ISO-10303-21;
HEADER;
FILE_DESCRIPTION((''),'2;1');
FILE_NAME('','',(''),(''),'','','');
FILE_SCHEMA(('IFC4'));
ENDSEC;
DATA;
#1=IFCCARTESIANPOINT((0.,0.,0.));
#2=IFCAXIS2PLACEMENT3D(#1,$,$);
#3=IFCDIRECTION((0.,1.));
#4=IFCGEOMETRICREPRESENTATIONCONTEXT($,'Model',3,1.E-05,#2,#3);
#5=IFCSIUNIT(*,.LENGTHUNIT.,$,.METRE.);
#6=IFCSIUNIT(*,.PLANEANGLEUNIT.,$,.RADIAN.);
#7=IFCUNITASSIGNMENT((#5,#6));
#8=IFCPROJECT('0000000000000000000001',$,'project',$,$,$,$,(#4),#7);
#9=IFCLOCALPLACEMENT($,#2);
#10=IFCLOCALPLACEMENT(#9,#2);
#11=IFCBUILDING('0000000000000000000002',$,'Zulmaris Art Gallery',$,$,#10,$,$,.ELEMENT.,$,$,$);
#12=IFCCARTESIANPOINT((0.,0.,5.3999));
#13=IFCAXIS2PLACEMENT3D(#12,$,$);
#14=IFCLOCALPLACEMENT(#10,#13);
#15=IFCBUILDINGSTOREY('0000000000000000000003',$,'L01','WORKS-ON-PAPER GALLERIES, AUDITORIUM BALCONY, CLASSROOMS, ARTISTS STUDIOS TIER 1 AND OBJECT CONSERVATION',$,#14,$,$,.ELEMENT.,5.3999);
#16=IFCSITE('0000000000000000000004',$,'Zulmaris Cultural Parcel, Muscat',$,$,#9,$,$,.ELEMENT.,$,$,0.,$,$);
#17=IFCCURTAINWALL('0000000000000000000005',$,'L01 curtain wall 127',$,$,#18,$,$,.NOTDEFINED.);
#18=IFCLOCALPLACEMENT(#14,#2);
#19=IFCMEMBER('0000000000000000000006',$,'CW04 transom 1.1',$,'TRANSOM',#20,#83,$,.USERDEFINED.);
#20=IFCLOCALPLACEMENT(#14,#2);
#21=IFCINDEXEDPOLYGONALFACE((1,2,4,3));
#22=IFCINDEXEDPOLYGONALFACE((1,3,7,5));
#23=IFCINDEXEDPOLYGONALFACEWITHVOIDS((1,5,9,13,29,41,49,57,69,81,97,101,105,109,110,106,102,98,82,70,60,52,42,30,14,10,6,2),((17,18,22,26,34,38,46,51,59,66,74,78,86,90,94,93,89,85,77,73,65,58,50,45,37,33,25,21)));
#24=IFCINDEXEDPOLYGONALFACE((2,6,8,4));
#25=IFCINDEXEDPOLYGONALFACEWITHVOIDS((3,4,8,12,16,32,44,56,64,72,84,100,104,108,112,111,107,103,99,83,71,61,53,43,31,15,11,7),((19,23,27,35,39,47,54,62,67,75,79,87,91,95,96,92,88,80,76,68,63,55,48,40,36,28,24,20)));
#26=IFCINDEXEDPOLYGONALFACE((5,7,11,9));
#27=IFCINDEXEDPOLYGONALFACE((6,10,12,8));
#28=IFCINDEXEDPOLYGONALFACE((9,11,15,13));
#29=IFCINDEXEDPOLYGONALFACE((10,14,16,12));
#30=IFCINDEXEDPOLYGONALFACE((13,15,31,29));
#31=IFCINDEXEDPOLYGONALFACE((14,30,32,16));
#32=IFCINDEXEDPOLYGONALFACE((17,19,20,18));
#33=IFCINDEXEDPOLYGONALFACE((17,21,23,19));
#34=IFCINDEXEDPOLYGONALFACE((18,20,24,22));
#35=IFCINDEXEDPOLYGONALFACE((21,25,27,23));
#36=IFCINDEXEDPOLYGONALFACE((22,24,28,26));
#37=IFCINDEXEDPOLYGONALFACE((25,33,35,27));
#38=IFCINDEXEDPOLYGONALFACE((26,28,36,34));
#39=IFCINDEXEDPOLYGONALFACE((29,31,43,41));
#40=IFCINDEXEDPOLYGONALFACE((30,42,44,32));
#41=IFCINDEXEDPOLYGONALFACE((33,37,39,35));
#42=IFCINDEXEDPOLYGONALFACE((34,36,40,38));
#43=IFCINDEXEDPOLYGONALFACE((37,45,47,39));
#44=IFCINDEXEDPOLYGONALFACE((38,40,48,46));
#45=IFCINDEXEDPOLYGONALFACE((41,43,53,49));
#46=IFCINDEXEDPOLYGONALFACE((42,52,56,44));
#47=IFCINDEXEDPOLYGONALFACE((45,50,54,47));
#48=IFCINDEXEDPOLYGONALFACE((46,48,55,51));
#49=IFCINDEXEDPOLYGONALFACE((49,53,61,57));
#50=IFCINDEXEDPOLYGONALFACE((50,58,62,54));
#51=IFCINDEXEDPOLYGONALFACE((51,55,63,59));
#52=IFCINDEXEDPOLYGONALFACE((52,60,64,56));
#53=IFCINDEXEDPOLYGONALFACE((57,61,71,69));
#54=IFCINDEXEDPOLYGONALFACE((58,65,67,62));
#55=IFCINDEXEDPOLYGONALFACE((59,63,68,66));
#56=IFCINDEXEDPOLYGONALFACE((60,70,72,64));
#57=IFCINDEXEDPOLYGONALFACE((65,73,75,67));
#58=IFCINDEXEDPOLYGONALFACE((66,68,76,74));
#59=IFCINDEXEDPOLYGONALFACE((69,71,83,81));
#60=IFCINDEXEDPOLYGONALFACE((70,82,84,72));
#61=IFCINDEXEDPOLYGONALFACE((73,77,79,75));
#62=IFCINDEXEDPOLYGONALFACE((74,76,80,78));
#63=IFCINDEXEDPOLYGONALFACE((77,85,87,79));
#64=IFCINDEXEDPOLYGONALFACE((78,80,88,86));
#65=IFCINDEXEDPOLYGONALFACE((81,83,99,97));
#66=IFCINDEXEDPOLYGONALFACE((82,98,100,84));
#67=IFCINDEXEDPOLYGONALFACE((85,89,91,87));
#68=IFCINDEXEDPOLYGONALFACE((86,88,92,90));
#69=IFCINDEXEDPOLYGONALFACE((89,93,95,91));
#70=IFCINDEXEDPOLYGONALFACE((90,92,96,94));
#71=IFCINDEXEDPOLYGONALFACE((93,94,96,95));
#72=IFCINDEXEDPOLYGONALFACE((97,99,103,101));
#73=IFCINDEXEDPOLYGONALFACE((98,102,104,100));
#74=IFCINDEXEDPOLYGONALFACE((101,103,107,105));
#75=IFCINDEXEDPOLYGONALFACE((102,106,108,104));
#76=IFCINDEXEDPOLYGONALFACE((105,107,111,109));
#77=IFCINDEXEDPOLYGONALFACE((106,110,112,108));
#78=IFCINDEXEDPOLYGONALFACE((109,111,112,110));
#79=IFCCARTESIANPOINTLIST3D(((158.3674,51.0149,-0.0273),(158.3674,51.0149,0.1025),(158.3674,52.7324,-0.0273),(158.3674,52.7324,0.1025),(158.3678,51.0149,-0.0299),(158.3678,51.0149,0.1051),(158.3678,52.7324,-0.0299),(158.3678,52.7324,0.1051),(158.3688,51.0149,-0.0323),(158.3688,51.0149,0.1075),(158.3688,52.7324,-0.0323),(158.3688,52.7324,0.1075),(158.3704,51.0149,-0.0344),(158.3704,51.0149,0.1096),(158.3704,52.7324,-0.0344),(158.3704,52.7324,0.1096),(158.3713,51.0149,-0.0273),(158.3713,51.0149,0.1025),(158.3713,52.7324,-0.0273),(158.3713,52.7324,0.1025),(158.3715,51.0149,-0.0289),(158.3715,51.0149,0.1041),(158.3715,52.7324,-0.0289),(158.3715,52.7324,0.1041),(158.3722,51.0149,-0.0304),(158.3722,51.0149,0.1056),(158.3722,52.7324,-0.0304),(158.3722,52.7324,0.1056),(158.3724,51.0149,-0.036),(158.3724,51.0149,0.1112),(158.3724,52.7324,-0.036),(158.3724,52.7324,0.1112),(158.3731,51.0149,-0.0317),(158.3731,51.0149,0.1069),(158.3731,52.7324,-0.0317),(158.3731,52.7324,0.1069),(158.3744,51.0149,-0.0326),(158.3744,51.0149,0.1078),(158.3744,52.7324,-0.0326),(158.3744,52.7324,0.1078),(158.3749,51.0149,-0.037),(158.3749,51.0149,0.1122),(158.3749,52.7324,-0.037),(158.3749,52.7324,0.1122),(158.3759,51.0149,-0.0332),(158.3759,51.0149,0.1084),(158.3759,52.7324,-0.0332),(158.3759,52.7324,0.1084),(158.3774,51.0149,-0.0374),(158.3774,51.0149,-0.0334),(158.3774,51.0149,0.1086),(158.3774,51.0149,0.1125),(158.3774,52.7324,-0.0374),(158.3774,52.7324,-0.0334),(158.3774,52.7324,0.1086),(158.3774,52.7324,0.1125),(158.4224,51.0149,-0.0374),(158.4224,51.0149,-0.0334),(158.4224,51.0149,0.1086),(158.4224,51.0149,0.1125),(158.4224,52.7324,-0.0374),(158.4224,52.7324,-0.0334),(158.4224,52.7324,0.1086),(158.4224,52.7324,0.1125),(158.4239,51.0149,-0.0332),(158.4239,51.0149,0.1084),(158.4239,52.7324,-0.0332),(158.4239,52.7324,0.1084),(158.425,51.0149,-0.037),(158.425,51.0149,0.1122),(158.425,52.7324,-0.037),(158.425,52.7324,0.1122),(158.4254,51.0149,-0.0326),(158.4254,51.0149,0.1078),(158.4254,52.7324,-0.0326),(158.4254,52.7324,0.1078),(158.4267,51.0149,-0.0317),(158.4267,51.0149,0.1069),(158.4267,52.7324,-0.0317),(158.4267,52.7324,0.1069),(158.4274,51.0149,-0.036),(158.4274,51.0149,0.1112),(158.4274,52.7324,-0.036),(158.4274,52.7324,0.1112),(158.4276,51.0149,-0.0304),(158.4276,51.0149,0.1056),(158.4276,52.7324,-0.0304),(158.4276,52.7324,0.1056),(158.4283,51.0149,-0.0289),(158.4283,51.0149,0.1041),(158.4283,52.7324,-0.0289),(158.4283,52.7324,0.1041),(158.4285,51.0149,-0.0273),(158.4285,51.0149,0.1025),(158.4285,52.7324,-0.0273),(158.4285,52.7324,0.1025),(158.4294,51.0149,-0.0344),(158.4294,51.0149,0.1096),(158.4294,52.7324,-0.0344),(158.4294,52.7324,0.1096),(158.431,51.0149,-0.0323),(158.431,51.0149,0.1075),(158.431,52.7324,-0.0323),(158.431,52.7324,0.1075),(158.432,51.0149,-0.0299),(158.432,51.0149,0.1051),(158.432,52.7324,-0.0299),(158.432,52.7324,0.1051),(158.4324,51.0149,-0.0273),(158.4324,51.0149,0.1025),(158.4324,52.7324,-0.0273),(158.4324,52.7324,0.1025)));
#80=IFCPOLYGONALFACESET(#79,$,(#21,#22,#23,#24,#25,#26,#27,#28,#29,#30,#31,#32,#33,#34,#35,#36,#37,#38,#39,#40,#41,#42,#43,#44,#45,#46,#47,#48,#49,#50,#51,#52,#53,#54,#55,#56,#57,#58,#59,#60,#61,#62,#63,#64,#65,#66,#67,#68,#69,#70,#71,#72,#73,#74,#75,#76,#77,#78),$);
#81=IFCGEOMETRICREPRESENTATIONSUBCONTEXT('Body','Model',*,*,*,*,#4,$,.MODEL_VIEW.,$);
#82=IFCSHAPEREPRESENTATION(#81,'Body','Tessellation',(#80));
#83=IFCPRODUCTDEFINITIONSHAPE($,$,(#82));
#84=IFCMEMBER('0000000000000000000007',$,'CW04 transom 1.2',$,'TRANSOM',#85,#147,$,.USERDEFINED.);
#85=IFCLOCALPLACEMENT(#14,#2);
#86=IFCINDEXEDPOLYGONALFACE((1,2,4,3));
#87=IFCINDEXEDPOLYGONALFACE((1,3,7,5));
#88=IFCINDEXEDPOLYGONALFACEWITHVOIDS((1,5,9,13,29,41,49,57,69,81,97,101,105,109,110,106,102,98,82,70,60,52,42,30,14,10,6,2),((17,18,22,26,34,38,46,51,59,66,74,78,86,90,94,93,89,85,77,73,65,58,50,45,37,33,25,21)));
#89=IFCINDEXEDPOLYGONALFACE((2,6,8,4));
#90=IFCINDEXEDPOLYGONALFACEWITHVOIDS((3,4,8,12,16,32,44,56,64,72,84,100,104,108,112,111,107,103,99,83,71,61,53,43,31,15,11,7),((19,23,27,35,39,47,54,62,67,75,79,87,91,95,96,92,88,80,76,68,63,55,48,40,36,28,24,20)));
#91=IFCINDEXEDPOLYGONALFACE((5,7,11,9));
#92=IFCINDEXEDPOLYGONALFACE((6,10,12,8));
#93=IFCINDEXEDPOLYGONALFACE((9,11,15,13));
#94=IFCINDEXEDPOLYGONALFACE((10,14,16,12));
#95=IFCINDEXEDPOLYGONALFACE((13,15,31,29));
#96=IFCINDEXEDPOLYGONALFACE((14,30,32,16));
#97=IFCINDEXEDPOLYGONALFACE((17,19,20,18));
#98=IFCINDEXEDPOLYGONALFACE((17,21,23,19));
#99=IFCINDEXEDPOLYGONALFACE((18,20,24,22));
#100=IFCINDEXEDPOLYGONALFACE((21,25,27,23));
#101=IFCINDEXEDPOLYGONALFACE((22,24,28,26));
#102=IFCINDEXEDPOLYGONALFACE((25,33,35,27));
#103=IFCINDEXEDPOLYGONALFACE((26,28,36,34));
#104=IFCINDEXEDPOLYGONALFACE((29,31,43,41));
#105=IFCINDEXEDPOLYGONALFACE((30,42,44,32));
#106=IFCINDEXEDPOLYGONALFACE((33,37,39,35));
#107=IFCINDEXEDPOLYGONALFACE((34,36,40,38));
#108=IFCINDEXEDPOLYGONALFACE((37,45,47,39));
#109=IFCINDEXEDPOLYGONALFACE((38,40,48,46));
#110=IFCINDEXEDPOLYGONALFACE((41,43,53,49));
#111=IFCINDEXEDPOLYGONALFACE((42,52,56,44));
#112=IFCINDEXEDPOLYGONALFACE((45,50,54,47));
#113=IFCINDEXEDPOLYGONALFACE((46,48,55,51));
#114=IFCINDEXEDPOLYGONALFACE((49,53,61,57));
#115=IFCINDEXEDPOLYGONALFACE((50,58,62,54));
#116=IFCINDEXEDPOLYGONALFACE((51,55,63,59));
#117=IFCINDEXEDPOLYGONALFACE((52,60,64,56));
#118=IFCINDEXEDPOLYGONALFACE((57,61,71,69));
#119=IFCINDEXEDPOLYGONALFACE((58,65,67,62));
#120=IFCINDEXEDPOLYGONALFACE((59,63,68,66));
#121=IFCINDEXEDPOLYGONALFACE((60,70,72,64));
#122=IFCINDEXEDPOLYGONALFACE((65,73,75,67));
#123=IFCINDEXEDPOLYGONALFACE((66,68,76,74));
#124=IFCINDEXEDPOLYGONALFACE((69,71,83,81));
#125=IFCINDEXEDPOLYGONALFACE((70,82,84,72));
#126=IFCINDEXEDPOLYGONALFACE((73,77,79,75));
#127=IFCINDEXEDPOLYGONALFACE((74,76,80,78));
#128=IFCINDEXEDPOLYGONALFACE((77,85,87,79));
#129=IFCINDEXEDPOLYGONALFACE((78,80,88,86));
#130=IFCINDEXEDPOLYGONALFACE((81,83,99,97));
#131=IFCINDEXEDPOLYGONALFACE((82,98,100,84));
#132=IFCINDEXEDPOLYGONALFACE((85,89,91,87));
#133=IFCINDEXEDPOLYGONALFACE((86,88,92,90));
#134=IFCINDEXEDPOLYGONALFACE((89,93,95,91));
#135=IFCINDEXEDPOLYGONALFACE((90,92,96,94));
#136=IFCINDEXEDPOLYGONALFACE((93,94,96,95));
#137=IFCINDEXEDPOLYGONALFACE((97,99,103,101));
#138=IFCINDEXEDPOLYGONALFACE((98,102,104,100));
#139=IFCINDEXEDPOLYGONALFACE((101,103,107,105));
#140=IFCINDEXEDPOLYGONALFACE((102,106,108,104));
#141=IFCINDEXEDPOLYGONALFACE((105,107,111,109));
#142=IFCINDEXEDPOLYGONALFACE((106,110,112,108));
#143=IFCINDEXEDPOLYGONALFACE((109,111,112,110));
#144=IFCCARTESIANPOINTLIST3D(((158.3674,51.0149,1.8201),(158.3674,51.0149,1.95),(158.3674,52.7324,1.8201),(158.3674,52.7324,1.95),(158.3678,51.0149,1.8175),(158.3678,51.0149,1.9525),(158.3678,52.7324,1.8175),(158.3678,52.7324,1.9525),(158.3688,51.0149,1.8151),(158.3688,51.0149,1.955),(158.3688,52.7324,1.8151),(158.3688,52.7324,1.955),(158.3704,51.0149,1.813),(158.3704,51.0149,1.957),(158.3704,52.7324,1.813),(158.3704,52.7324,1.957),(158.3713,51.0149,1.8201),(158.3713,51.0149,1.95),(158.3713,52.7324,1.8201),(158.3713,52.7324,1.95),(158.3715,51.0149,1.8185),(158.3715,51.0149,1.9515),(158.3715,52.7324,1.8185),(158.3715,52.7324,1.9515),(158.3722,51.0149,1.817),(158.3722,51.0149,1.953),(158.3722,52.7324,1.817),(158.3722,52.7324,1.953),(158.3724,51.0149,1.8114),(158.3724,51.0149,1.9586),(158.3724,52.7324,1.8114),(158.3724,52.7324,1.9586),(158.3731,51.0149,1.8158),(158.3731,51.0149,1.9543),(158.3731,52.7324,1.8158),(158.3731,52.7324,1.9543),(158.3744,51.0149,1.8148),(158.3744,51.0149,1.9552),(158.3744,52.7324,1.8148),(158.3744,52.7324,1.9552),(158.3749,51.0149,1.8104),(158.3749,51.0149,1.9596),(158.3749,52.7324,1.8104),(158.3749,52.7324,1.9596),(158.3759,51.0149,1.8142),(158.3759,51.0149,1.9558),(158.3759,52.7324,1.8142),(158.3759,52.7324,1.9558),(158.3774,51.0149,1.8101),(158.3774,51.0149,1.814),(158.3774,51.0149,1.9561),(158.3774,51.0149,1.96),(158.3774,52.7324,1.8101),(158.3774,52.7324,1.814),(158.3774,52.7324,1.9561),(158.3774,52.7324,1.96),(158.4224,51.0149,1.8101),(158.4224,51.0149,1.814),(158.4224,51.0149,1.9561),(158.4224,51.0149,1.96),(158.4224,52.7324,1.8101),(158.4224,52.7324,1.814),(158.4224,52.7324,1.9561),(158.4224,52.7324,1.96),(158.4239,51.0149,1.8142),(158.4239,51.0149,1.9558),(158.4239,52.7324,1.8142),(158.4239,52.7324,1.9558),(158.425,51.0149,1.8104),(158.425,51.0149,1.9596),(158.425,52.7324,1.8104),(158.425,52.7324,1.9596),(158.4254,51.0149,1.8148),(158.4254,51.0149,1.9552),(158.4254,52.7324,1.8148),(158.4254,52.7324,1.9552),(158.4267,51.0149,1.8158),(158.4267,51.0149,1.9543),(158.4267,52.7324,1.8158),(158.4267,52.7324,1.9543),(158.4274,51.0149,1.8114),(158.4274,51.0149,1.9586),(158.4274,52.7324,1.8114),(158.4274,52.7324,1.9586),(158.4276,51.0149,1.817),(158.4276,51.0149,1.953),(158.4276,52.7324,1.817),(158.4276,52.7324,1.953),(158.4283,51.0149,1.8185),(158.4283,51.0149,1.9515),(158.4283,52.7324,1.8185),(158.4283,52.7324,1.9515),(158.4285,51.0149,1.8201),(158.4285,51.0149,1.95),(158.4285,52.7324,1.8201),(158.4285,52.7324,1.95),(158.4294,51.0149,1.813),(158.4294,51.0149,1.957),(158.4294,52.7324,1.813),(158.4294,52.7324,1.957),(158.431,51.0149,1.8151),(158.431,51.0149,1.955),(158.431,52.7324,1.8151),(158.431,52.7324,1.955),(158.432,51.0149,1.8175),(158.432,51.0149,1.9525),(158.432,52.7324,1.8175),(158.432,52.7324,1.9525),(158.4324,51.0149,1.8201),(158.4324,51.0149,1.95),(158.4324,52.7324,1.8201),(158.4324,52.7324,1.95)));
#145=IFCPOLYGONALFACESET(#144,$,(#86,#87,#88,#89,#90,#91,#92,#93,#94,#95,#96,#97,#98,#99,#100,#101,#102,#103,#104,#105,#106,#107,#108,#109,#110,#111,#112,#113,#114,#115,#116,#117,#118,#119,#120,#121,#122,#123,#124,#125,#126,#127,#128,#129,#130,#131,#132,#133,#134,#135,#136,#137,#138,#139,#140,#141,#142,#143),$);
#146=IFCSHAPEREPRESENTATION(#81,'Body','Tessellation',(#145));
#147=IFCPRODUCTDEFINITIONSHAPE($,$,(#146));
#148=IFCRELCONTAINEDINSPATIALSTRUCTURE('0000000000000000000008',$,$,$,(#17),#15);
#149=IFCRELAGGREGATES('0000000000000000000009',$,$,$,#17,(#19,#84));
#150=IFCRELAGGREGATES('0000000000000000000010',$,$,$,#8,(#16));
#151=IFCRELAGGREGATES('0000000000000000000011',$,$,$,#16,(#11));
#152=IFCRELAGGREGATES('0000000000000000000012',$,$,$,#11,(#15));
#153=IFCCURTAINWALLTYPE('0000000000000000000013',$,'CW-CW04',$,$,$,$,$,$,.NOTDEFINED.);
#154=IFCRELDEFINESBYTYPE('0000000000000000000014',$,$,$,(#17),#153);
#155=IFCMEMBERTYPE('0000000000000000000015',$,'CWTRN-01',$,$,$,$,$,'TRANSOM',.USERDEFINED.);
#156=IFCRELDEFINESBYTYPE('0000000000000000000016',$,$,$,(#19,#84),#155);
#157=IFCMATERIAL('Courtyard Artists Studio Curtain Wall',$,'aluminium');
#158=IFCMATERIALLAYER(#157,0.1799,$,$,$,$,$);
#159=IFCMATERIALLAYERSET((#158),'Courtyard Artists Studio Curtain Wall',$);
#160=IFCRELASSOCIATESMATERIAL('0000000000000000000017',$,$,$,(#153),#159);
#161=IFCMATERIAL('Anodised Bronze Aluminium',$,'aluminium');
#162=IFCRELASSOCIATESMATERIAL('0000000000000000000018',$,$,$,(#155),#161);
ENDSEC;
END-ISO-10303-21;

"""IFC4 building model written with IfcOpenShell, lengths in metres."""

from ifc_helpers import new_model, si_unit, direction, frame, origin, origin_2d, place, context, subcontext, project, spatial, hollow_rectangle, extrude, material, layer, layer_set, material_profile, profile_set, type_object, element, aggregate, save


model = new_model("IFC4")

# Units and contexts
model_context = context("Model", 3, precision=1e-05, world=origin(), true_north=direction((0.0, 1.0)))
body_context = subcontext(model_context, "Body", "Model", "MODEL_VIEW")
ifc_project = project(units=[si_unit("LENGTHUNIT", "METRE"), si_unit("PLANEANGLEUNIT", "RADIAN")], contexts=[model_context])

# Site, building, storey
site_placement = place(None, origin())
site = spatial("IfcSite", under=ifc_project, at=site_placement, Name="Zulmaris Cultural Parcel, Muscat", CompositionType="ELEMENT", RefElevation=0.0)
building_placement = place(site_placement, origin())
building = spatial("IfcBuilding", under=site, at=building_placement, Name="Zulmaris Art Gallery", CompositionType="ELEMENT")
storey_placement = place(building_placement, frame((0.0, 0.0, 5.3999)))
storey = spatial("IfcBuildingStorey", under=building, at=storey_placement, Name="L01", Description="WORKS-ON-PAPER GALLERIES, AUDITORIUM BALCONY, CLASSROOMS, ARTISTS STUDIOS TIER 1 AND OBJECT CONSERVATION", CompositionType="ELEMENT", Elevation=5.3999)

# Curtain wall, members
ifc_material_1 = material(Name="Courtyard Artists Studio Curtain Wall", Category="aluminium")
ifc_layer_1 = layer(ifc_material_1, 0.1799)
ifc_layer_set_1 = layer_set([ifc_layer_1], Name="Courtyard Artists Studio Curtain Wall")
curtain_wall_type = type_object("IfcCurtainWallType", Name="CW-CW04", PredefinedType="NOTDEFINED", material=ifc_layer_set_1)
ifc_material_2 = material(Name="Anodised Bronze Aluminium", Category="aluminium")
curtain_wall_1_placement = place(storey_placement, origin())
curtain_wall_1 = element("IfcCurtainWall", 1, at=curtain_wall_1_placement, inside=storey, type_object=curtain_wall_type, Name="L01 curtain wall 127", PredefinedType="NOTDEFINED")
ifc_material_profile_1 = material_profile(ifc_material_2, hollow_rectangle(XDim=0.0649, YDim=0.1499, WallThickness=0.0039, InnerFilletRadius=0.0061, OuterFilletRadius=0.01, at=origin_2d()), Name="ALU 65x150x4")
ifc_profile_set_1 = profile_set([ifc_material_profile_1], Name="Anodised Bronze Aluminium")
member_type_1 = type_object("IfcMemberType", Name="CWTRN-01", ElementType="TRANSOM", PredefinedType="USERDEFINED", material=ifc_profile_set_1)
member_1_placement = place(storey_placement, frame((158.3999, 51.0149, 0.0376), z_axis=(0.0, 1.0, 0.0), x_axis=(-1.0, 0.0, 0.0)))
member_1 = element("IfcMember", 2, at=member_1_placement, type_object=member_type_1, Name="CW04 transom 1.1", ObjectType="TRANSOM", PredefinedType="USERDEFINED", context=body_context, shape_type="SweptSolid", body=[
    extrude(hollow_rectangle(XDim=0.0649, YDim=0.1499, WallThickness=0.0039, InnerFilletRadius=0.0061, OuterFilletRadius=0.01, at=origin_2d()), origin(), (0.0, 0.0, 1.0), 1.7175),
])
member_2_placement = place(storey_placement, frame((158.3999, 51.0149, 1.885), z_axis=(0.0, 1.0, 0.0), x_axis=(-1.0, 0.0, 0.0)))
member_2 = element("IfcMember", 3, at=member_2_placement, type_object=member_type_1, Name="CW04 transom 1.2", ObjectType="TRANSOM", PredefinedType="USERDEFINED", context=body_context, shape_type="SweptSolid", body=[
    extrude(hollow_rectangle(XDim=0.0649, YDim=0.1499, WallThickness=0.0039, InnerFilletRadius=0.0061, OuterFilletRadius=0.01, at=origin_2d()), origin(), (0.0, 0.0, 1.0), 1.7175),
])

aggregate(curtain_wall_1, [member_1, member_2])

save(model, "model.ifc")
